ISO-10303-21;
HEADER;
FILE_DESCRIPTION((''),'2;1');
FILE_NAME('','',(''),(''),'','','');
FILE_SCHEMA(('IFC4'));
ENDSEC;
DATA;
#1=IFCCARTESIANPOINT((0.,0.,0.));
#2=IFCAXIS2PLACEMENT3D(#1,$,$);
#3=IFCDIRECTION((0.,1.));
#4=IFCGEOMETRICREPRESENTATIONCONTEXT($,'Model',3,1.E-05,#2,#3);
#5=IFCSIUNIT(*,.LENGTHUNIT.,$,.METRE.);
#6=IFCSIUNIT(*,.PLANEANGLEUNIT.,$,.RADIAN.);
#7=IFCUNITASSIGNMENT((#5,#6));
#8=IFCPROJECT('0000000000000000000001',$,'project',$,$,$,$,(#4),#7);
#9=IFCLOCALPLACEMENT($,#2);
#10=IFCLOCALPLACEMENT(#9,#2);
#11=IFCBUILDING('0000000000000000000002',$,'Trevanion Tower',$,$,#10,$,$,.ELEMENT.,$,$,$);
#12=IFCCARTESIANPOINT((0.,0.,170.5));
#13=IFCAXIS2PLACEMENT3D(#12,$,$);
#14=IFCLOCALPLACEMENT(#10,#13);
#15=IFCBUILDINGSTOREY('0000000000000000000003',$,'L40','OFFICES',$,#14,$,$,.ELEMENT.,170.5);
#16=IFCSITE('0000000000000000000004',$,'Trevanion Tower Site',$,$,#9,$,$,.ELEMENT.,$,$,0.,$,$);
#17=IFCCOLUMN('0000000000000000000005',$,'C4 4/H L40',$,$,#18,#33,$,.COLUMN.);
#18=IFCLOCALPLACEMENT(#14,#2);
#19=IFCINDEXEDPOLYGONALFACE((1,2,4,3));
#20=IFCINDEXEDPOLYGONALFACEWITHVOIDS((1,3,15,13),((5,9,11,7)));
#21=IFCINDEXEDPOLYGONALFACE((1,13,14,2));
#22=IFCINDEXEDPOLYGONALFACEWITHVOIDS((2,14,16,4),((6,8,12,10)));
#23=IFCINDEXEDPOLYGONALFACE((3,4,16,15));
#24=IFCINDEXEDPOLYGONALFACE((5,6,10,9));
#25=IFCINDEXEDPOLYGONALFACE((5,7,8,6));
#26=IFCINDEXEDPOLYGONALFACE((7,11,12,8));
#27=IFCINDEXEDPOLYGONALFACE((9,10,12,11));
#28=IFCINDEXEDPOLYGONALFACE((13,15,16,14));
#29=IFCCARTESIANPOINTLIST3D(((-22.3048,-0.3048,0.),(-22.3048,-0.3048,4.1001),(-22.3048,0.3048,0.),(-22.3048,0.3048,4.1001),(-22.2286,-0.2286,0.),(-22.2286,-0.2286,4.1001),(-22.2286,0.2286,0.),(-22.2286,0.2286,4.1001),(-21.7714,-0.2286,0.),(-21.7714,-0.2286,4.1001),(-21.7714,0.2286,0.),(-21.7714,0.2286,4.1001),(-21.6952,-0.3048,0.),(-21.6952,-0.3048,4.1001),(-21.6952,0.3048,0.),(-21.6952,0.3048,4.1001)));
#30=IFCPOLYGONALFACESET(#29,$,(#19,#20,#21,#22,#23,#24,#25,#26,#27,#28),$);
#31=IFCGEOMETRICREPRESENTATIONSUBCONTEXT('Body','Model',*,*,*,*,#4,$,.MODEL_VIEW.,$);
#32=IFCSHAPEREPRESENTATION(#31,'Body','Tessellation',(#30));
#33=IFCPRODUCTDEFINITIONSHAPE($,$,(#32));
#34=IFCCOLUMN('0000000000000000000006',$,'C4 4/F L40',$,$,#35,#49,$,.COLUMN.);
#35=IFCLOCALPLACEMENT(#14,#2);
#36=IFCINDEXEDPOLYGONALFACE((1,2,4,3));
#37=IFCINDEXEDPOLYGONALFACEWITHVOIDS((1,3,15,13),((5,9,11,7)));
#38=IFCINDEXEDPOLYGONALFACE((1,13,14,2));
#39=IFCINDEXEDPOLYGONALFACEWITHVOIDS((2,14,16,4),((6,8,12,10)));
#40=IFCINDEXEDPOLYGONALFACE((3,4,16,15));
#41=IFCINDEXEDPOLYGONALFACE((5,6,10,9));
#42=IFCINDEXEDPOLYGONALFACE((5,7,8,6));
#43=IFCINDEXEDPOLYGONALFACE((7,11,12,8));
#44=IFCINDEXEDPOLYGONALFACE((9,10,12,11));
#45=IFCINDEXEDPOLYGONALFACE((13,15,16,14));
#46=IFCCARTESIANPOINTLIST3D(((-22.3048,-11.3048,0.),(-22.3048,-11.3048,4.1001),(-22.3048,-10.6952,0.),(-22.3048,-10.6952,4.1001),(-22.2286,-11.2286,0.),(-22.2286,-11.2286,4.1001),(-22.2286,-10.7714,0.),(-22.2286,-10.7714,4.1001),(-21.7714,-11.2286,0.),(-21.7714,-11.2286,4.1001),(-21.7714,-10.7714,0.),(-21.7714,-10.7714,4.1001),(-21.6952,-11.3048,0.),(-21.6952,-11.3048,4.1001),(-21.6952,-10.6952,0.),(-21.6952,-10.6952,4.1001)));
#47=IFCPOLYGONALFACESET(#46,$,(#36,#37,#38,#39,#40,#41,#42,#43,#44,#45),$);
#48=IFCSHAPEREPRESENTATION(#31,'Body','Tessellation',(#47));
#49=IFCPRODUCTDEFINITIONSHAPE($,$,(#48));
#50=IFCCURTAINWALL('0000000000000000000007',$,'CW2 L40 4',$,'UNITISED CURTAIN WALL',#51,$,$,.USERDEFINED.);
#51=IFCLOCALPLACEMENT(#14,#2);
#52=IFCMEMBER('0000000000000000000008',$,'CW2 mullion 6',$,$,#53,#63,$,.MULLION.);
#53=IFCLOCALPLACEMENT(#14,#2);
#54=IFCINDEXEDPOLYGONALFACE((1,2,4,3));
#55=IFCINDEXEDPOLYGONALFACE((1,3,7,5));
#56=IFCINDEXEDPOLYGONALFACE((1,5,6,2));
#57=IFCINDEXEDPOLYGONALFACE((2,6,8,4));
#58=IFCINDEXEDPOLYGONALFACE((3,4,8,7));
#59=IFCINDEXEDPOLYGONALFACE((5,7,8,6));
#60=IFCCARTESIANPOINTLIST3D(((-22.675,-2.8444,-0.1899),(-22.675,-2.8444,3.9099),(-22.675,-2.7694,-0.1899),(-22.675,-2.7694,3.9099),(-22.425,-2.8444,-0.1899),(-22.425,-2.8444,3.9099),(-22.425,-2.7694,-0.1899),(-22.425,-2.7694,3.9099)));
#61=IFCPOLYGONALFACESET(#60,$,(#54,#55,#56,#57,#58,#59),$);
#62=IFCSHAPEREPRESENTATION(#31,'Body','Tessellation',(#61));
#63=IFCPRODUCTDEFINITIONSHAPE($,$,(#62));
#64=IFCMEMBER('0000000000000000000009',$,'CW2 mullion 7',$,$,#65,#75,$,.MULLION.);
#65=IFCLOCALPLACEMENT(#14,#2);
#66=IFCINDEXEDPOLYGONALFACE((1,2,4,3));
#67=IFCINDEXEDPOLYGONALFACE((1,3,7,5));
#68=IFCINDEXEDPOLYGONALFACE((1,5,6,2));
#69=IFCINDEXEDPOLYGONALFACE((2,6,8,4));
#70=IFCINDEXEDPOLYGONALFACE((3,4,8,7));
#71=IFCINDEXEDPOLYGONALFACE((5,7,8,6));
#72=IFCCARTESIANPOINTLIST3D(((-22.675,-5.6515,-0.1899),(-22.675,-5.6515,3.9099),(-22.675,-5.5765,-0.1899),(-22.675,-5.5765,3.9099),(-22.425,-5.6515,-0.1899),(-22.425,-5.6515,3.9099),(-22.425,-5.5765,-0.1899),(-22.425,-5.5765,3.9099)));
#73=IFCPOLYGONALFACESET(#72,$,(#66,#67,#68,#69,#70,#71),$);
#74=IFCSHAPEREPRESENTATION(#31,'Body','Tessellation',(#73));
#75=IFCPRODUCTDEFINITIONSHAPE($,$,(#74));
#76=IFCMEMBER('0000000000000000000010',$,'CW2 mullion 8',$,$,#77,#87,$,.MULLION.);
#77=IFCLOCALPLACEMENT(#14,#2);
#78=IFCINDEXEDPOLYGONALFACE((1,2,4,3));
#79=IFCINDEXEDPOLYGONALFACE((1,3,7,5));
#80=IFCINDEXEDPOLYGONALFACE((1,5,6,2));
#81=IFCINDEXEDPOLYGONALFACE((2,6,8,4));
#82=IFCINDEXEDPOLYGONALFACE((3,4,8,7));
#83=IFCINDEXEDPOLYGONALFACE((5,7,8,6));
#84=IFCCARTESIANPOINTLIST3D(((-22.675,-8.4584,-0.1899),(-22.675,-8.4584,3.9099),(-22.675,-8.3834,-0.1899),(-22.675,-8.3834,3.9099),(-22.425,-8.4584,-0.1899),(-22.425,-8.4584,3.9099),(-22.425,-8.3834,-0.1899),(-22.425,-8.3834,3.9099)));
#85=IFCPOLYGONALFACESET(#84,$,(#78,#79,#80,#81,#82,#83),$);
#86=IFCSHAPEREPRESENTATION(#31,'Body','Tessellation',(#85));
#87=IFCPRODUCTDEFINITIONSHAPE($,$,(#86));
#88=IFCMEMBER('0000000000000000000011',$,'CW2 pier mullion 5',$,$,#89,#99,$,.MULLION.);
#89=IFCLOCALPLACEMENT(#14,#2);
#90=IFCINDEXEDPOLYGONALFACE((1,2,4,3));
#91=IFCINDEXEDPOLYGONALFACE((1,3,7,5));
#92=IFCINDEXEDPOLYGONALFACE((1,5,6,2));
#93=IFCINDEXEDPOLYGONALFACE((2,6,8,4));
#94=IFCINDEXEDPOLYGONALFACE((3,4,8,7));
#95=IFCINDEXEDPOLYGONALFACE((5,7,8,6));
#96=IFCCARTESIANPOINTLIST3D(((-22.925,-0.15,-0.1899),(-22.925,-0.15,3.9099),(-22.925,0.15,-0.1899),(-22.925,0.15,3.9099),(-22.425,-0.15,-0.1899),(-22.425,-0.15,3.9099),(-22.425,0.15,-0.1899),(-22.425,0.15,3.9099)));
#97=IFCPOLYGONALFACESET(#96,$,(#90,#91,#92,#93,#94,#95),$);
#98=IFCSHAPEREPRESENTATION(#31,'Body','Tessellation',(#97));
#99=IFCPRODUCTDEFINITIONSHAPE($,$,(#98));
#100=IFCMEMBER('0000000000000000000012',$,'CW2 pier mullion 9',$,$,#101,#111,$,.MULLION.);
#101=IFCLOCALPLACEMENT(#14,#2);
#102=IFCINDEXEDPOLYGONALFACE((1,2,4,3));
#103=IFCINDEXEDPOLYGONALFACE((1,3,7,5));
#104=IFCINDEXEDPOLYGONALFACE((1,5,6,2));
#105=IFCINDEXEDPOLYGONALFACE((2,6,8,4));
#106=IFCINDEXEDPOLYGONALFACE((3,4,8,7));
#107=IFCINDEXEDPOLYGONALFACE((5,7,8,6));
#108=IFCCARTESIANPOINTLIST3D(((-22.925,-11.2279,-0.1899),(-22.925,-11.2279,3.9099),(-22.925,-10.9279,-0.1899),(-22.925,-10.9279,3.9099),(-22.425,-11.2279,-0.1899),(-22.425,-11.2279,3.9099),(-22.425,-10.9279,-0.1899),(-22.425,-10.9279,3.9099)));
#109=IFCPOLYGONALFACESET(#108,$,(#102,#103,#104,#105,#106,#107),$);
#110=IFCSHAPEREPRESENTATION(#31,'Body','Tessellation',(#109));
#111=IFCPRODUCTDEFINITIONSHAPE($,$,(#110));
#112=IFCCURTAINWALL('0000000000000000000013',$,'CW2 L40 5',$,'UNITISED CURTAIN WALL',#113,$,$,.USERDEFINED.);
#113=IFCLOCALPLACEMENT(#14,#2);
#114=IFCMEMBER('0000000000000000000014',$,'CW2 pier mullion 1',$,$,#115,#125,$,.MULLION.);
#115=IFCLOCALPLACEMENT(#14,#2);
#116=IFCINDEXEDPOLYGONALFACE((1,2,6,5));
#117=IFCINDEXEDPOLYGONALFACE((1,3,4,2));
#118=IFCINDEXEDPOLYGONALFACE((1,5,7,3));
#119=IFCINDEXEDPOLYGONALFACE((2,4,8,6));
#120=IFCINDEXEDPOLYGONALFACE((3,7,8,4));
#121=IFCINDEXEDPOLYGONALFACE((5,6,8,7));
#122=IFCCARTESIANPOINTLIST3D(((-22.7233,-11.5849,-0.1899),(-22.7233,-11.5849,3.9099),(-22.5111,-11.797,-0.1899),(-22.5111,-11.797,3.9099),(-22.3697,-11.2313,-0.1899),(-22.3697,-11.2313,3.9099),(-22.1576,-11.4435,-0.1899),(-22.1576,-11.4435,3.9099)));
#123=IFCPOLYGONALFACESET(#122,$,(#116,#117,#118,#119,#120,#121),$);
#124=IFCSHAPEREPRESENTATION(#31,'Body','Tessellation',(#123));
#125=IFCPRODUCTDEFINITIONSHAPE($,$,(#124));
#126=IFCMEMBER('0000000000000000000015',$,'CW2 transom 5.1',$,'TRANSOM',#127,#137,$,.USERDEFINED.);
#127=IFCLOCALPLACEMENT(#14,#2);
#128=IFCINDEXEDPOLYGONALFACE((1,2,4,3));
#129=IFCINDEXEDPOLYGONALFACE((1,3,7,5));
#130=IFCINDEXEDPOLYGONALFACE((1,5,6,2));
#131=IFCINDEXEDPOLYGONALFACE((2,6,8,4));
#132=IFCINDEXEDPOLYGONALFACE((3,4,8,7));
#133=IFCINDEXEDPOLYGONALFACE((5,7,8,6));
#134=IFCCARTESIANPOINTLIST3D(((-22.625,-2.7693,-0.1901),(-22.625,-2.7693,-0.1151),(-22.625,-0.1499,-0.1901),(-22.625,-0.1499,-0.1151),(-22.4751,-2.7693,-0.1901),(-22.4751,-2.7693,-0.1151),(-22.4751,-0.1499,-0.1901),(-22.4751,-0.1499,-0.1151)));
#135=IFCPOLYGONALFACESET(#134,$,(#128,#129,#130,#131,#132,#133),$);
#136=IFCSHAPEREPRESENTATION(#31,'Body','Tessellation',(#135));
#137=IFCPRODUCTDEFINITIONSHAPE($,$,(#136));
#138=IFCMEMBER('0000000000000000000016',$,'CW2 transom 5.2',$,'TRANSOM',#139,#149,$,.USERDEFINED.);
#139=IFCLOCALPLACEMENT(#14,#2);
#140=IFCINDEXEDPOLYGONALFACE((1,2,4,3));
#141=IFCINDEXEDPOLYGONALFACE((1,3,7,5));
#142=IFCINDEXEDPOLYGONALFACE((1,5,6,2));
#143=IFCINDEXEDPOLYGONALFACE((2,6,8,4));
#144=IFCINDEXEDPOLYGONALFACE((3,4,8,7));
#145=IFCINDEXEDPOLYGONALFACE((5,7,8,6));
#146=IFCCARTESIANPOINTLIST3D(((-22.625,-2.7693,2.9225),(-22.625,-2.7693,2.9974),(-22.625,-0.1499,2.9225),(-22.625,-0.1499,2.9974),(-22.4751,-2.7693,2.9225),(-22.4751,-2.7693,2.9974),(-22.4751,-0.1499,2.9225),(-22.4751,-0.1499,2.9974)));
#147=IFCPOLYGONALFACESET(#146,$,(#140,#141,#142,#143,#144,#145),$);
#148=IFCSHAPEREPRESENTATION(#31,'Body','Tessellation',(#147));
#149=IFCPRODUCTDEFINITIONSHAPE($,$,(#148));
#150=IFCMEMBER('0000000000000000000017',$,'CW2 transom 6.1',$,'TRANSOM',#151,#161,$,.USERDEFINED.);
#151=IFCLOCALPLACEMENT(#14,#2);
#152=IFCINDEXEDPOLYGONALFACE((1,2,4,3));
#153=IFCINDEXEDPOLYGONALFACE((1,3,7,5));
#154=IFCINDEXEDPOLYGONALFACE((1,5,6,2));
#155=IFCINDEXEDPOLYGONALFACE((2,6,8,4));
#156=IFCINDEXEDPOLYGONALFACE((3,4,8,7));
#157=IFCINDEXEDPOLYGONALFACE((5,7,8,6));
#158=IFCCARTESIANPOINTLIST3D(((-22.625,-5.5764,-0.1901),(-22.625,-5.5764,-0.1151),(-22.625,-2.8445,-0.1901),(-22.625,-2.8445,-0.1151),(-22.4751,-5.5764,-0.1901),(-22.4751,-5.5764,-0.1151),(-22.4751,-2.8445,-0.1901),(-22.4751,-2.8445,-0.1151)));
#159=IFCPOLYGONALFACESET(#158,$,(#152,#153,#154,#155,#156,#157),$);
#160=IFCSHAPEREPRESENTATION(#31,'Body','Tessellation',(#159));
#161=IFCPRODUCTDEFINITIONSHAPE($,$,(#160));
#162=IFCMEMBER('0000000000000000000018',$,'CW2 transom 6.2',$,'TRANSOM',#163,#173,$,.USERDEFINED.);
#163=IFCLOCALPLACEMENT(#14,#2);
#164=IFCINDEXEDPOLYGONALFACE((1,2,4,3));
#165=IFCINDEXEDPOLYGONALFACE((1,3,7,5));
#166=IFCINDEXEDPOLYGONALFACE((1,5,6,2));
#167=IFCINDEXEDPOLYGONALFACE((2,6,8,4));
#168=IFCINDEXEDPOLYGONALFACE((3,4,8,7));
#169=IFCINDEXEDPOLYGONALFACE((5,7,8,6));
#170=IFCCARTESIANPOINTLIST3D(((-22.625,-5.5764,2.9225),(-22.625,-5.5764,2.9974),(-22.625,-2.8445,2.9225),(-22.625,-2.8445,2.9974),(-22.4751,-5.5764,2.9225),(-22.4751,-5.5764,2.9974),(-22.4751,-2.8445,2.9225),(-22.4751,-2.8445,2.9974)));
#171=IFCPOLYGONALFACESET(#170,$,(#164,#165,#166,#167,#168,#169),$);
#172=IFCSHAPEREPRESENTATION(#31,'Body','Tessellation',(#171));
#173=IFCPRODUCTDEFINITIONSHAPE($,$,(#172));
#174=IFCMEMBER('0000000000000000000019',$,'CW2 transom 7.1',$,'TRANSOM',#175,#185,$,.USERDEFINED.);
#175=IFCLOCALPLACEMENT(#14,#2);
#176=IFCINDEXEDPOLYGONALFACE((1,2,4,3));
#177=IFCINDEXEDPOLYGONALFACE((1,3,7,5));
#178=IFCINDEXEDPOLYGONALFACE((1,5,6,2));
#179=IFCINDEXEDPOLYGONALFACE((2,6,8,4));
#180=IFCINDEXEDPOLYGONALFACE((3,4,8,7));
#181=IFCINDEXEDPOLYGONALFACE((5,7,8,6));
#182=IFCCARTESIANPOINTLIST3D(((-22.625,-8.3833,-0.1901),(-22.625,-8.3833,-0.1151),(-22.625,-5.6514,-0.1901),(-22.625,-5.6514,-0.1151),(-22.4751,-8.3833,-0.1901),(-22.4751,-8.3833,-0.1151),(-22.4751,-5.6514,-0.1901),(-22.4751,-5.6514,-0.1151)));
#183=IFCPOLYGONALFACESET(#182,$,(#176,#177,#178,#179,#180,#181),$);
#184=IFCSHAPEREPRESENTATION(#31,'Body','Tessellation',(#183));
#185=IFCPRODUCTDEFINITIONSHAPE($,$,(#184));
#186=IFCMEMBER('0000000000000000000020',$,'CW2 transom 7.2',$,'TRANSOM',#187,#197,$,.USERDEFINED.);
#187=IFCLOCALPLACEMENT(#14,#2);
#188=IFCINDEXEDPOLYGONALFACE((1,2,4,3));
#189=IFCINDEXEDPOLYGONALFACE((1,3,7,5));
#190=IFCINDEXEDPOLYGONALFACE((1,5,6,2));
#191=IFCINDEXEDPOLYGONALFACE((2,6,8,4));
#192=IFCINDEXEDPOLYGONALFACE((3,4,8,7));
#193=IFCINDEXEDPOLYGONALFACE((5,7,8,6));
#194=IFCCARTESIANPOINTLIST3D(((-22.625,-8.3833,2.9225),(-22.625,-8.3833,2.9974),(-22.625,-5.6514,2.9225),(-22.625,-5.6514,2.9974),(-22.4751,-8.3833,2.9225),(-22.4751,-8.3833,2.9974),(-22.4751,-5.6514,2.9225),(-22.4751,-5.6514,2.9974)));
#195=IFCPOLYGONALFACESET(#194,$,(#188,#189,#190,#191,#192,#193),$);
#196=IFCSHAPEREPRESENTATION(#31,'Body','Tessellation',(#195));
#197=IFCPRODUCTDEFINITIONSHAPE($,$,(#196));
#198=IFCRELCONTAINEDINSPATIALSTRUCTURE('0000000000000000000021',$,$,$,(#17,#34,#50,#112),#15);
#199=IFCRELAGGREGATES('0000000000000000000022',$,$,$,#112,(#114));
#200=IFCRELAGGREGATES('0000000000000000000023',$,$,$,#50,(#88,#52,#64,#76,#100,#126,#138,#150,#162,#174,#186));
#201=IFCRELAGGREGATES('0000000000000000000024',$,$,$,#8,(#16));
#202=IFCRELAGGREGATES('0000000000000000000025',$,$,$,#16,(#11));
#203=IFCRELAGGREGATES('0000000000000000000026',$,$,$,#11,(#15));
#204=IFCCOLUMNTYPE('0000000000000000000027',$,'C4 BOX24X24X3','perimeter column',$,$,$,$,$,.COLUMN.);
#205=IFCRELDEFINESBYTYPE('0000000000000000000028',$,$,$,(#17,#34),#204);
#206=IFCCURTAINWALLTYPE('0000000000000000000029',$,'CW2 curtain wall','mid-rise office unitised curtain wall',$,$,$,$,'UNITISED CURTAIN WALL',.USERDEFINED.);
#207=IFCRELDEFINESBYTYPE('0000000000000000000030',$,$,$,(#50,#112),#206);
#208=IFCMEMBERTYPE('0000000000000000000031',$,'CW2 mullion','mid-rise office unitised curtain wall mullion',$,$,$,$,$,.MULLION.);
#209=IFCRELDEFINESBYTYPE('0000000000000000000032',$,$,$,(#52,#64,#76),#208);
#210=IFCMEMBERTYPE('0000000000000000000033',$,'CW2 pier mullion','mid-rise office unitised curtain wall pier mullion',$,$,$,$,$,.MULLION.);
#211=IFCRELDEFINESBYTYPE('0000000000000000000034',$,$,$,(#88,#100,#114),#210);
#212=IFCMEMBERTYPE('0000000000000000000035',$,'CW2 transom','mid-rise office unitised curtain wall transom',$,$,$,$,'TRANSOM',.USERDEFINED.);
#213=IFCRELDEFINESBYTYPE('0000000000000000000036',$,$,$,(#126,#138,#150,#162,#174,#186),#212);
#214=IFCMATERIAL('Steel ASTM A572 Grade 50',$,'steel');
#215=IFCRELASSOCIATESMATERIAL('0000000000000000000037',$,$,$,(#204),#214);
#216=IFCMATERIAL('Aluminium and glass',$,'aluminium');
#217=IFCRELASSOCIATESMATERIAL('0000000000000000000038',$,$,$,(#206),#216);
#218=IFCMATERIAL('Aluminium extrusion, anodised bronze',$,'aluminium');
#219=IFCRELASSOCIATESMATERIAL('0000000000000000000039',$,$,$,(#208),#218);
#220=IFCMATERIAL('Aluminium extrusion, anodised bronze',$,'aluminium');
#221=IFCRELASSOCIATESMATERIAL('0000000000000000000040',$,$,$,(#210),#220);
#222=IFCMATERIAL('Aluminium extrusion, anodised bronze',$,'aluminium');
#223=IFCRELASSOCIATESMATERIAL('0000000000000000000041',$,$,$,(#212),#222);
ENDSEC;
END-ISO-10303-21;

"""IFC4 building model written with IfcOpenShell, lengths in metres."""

from ifc_helpers import new_model, si_unit, direction, frame, origin, origin_2d, place, context, subcontext, project, spatial, rectangle, hollow_rectangle, extrude, material, material_profile, profile_set, type_object, element, aggregate, save


model = new_model("IFC4")

# Units and contexts
model_context = context("Model", 3, precision=1e-05, world=origin(), true_north=direction((0.0, 1.0)))
body_context = subcontext(model_context, "Body", "Model", "MODEL_VIEW")
ifc_project = project(units=[si_unit("LENGTHUNIT", "METRE"), si_unit("PLANEANGLEUNIT", "RADIAN")], contexts=[model_context])

# Site, building, storey
site_placement = place(None, origin())
site = spatial("IfcSite", under=ifc_project, at=site_placement, Name="Trevanion Tower Site", CompositionType="ELEMENT", RefElevation=0.0)
building_placement = place(site_placement, origin())
building = spatial("IfcBuilding", under=site, at=building_placement, Name="Trevanion Tower", CompositionType="ELEMENT")
storey_placement = place(building_placement, frame((0.0, 0.0, 170.5)))
storey = spatial("IfcBuildingStorey", under=building, at=storey_placement, Name="L40", Description="OFFICES", CompositionType="ELEMENT", Elevation=170.5)

# Columns
ifc_material_1 = material(Name="Steel ASTM A572 Grade 50", Category="steel")
ifc_material_profile_1 = material_profile(ifc_material_1, hollow_rectangle(XDim=0.6096, YDim=0.6096, WallThickness=0.0762, at=origin_2d()), Name="BOX24X24X3")
ifc_profile_set_1 = profile_set([ifc_material_profile_1], Name="Steel ASTM A572 Grade 50")
column_type = type_object("IfcColumnType", Name="C4 BOX24X24X3", Description="perimeter column", PredefinedType="COLUMN", material=ifc_profile_set_1)
for number, where, z_axis, x_axis, name in (
    (1, (-22.0, 0.0, 0.0), (0.0, 0.0, 1.0), (0.0, 1.0, 0.0), "C4 4/H L40"),
    (2, (-22.0, -11.0, 0.0), (0.0, 0.0, 1.0), (0.0, 1.0, 0.0), "C4 4/F L40"),
):
    element("IfcColumn", number, at=place(storey_placement, frame(where, z_axis=z_axis, x_axis=x_axis)), inside=storey, type_object=column_type, Name=name, PredefinedType="COLUMN", context=body_context, shape_type="SweptSolid", body=[
        extrude(hollow_rectangle(XDim=0.6096, YDim=0.6096, WallThickness=0.0762, at=origin_2d()), origin(), (0.0, 0.0, 1.0), 4.1001),
    ])

# Curtain wall, members
ifc_material_2 = material(Name="Aluminium and glass", Category="aluminium")
curtain_wall_type = type_object("IfcCurtainWallType", Name="CW2 curtain wall", Description="mid-rise office unitised curtain wall", ElementType="UNITISED CURTAIN WALL", PredefinedType="USERDEFINED", material=ifc_material_2)
curtain_wall_1_placement = place(storey_placement, origin())
curtain_wall_1 = element("IfcCurtainWall", 3, at=curtain_wall_1_placement, inside=storey, type_object=curtain_wall_type, Name="CW2 L40 4", ObjectType="UNITISED CURTAIN WALL", PredefinedType="USERDEFINED")
ifc_material_3 = material(Name="Aluminium extrusion, anodised bronze", Category="aluminium")
ifc_material_profile_2 = material_profile(ifc_material_3, rectangle(XDim=0.075, YDim=0.25, at=origin_2d()), Name="CW2 mullion")
ifc_profile_set_2 = profile_set([ifc_material_profile_2], Name="Aluminium extrusion, anodised bronze")
member_type_1 = type_object("IfcMemberType", Name="CW2 mullion", Description="mid-rise office unitised curtain wall mullion", PredefinedType="MULLION", material=ifc_profile_set_2)
member_1_placement = place(storey_placement, frame((-22.55, -2.8069, -0.1899), z_axis=(0.0, 0.0, 1.0), x_axis=(0.0, -1.0, 0.0)))
member_1 = element("IfcMember", 4, at=member_1_placement, type_object=member_type_1, Name="CW2 mullion 6", PredefinedType="MULLION", context=body_context, shape_type="SweptSolid", body=[
    extrude(rectangle(XDim=0.075, YDim=0.25, at=origin_2d()), origin(), (0.0, 0.0, 1.0), 4.0999),
])
member_2_placement = place(storey_placement, frame((-22.55, -5.614, -0.1899), z_axis=(0.0, 0.0, 1.0), x_axis=(0.0, -1.0, 0.0)))
member_2 = element("IfcMember", 5, at=member_2_placement, type_object=member_type_1, Name="CW2 mullion 7", PredefinedType="MULLION", context=body_context, shape_type="SweptSolid", body=[
    extrude(rectangle(XDim=0.075, YDim=0.25, at=origin_2d()), origin(), (0.0, 0.0, 1.0), 4.0999),
])
member_3_placement = place(storey_placement, frame((-22.55, -8.4209, -0.1899), z_axis=(0.0, 0.0, 1.0), x_axis=(0.0, -1.0, 0.0)))
member_3 = element("IfcMember", 6, at=member_3_placement, type_object=member_type_1, Name="CW2 mullion 8", PredefinedType="MULLION", context=body_context, shape_type="SweptSolid", body=[
    extrude(rectangle(XDim=0.075, YDim=0.25, at=origin_2d()), origin(), (0.0, 0.0, 1.0), 4.0999),
])
ifc_material_4 = material(Name="Aluminium extrusion, anodised bronze", Category="aluminium")
ifc_material_profile_3 = material_profile(ifc_material_4, rectangle(XDim=0.3, YDim=0.5, at=origin_2d()), Name="CW2 pier mullion")
ifc_profile_set_3 = profile_set([ifc_material_profile_3], Name="Aluminium extrusion, anodised bronze")
member_type_2 = type_object("IfcMemberType", Name="CW2 pier mullion", Description="mid-rise office unitised curtain wall pier mullion", PredefinedType="MULLION", material=ifc_profile_set_3)
member_4_placement = place(storey_placement, frame((-22.675, 0.0, -0.1899), z_axis=(0.0, 0.0, 1.0), x_axis=(0.0, -1.0, 0.0)))
member_4 = element("IfcMember", 7, at=member_4_placement, type_object=member_type_2, Name="CW2 pier mullion 5", PredefinedType="MULLION", context=body_context, shape_type="SweptSolid", body=[
    extrude(rectangle(XDim=0.3, YDim=0.5, at=origin_2d()), origin(), (0.0, 0.0, 1.0), 4.0999),
])
member_5_placement = place(storey_placement, frame((-22.675, -11.0779, -0.1899), z_axis=(0.0, 0.0, 1.0), x_axis=(0.0, -1.0, 0.0)))
member_5 = element("IfcMember", 8, at=member_5_placement, type_object=member_type_2, Name="CW2 pier mullion 9", PredefinedType="MULLION", context=body_context, shape_type="SweptSolid", body=[
    extrude(rectangle(XDim=0.3, YDim=0.5, at=origin_2d()), origin(), (0.0, 0.0, 1.0), 4.0999),
])

# Curtain wall, member
curtain_wall_2_placement = place(storey_placement, origin())
curtain_wall_2 = element("IfcCurtainWall", 9, at=curtain_wall_2_placement, inside=storey, type_object=curtain_wall_type, Name="CW2 L40 5", ObjectType="UNITISED CURTAIN WALL", PredefinedType="USERDEFINED")
member_6_placement = place(storey_placement, frame((-22.4404, -11.5142, -0.1899), z_axis=(0.0, 0.0, 1.0), x_axis=(0.707107, -0.707107, 0.0)))
member_6 = element("IfcMember", 10, at=member_6_placement, type_object=member_type_2, Name="CW2 pier mullion 1", PredefinedType="MULLION", context=body_context, shape_type="SweptSolid", body=[
    extrude(rectangle(XDim=0.3, YDim=0.5, at=origin_2d()), origin(), (0.0, 0.0, 1.0), 4.0999),
])

# Members
ifc_material_5 = material(Name="Aluminium extrusion, anodised bronze", Category="aluminium")
ifc_material_profile_4 = material_profile(ifc_material_5, rectangle(XDim=0.1499, YDim=0.075, at=origin_2d()), Name="CW2 transom")
ifc_profile_set_4 = profile_set([ifc_material_profile_4], Name="Aluminium extrusion, anodised bronze")
member_type_3 = type_object("IfcMemberType", Name="CW2 transom", Description="mid-rise office unitised curtain wall transom", ElementType="TRANSOM", PredefinedType="USERDEFINED", material=ifc_profile_set_4)
member_7_placement = place(storey_placement, frame((-22.55, -0.1499, -0.1526), z_axis=(0.0, -1.0, 0.0), x_axis=(1.0, 0.0, 0.0)))
member_7 = element("IfcMember", 11, at=member_7_placement, type_object=member_type_3, Name="CW2 transom 5.1", ObjectType="TRANSOM", PredefinedType="USERDEFINED", context=body_context, shape_type="SweptSolid", body=[
    extrude(rectangle(XDim=0.1499, YDim=0.075, at=origin_2d()), origin(), (0.0, 0.0, 1.0), 2.6194),
])
member_8_placement = place(storey_placement, frame((-22.55, -0.1499, 2.96), z_axis=(0.0, -1.0, 0.0), x_axis=(1.0, 0.0, 0.0)))
member_8 = element("IfcMember", 12, at=member_8_placement, type_object=member_type_3, Name="CW2 transom 5.2", ObjectType="TRANSOM", PredefinedType="USERDEFINED", context=body_context, shape_type="SweptSolid", body=[
    extrude(rectangle(XDim=0.1499, YDim=0.075, at=origin_2d()), origin(), (0.0, 0.0, 1.0), 2.6194),
])
member_9_placement = place(storey_placement, frame((-22.55, -2.8445, -0.1526), z_axis=(0.0, -1.0, 0.0), x_axis=(1.0, 0.0, 0.0)))
member_9 = element("IfcMember", 13, at=member_9_placement, type_object=member_type_3, Name="CW2 transom 6.1", ObjectType="TRANSOM", PredefinedType="USERDEFINED", context=body_context, shape_type="SweptSolid", body=[
    extrude(rectangle(XDim=0.1499, YDim=0.075, at=origin_2d()), origin(), (0.0, 0.0, 1.0), 2.7319),
])
member_10_placement = place(storey_placement, frame((-22.55, -2.8445, 2.96), z_axis=(0.0, -1.0, 0.0), x_axis=(1.0, 0.0, 0.0)))
member_10 = element("IfcMember", 14, at=member_10_placement, type_object=member_type_3, Name="CW2 transom 6.2", ObjectType="TRANSOM", PredefinedType="USERDEFINED", context=body_context, shape_type="SweptSolid", body=[
    extrude(rectangle(XDim=0.1499, YDim=0.075, at=origin_2d()), origin(), (0.0, 0.0, 1.0), 2.7319),
])
member_11_placement = place(storey_placement, frame((-22.55, -5.6514, -0.1526), z_axis=(0.0, -1.0, 0.0), x_axis=(1.0, 0.0, 0.0)))
member_11 = element("IfcMember", 15, at=member_11_placement, type_object=member_type_3, Name="CW2 transom 7.1", ObjectType="TRANSOM", PredefinedType="USERDEFINED", context=body_context, shape_type="SweptSolid", body=[
    extrude(rectangle(XDim=0.1499, YDim=0.075, at=origin_2d()), origin(), (0.0, 0.0, 1.0), 2.7319),
])
member_12_placement = place(storey_placement, frame((-22.55, -5.6514, 2.96), z_axis=(0.0, -1.0, 0.0), x_axis=(1.0, 0.0, 0.0)))
member_12 = element("IfcMember", 16, at=member_12_placement, type_object=member_type_3, Name="CW2 transom 7.2", ObjectType="TRANSOM", PredefinedType="USERDEFINED", context=body_context, shape_type="SweptSolid", body=[
    extrude(rectangle(XDim=0.1499, YDim=0.075, at=origin_2d()), origin(), (0.0, 0.0, 1.0), 2.7319),
])
aggregate(curtain_wall_2, [member_6])

aggregate(curtain_wall_1, [member_4, member_1, member_2, member_3, member_5, member_7, member_8, member_9, member_10, member_11, member_12])

save(model, "model.ifc")
